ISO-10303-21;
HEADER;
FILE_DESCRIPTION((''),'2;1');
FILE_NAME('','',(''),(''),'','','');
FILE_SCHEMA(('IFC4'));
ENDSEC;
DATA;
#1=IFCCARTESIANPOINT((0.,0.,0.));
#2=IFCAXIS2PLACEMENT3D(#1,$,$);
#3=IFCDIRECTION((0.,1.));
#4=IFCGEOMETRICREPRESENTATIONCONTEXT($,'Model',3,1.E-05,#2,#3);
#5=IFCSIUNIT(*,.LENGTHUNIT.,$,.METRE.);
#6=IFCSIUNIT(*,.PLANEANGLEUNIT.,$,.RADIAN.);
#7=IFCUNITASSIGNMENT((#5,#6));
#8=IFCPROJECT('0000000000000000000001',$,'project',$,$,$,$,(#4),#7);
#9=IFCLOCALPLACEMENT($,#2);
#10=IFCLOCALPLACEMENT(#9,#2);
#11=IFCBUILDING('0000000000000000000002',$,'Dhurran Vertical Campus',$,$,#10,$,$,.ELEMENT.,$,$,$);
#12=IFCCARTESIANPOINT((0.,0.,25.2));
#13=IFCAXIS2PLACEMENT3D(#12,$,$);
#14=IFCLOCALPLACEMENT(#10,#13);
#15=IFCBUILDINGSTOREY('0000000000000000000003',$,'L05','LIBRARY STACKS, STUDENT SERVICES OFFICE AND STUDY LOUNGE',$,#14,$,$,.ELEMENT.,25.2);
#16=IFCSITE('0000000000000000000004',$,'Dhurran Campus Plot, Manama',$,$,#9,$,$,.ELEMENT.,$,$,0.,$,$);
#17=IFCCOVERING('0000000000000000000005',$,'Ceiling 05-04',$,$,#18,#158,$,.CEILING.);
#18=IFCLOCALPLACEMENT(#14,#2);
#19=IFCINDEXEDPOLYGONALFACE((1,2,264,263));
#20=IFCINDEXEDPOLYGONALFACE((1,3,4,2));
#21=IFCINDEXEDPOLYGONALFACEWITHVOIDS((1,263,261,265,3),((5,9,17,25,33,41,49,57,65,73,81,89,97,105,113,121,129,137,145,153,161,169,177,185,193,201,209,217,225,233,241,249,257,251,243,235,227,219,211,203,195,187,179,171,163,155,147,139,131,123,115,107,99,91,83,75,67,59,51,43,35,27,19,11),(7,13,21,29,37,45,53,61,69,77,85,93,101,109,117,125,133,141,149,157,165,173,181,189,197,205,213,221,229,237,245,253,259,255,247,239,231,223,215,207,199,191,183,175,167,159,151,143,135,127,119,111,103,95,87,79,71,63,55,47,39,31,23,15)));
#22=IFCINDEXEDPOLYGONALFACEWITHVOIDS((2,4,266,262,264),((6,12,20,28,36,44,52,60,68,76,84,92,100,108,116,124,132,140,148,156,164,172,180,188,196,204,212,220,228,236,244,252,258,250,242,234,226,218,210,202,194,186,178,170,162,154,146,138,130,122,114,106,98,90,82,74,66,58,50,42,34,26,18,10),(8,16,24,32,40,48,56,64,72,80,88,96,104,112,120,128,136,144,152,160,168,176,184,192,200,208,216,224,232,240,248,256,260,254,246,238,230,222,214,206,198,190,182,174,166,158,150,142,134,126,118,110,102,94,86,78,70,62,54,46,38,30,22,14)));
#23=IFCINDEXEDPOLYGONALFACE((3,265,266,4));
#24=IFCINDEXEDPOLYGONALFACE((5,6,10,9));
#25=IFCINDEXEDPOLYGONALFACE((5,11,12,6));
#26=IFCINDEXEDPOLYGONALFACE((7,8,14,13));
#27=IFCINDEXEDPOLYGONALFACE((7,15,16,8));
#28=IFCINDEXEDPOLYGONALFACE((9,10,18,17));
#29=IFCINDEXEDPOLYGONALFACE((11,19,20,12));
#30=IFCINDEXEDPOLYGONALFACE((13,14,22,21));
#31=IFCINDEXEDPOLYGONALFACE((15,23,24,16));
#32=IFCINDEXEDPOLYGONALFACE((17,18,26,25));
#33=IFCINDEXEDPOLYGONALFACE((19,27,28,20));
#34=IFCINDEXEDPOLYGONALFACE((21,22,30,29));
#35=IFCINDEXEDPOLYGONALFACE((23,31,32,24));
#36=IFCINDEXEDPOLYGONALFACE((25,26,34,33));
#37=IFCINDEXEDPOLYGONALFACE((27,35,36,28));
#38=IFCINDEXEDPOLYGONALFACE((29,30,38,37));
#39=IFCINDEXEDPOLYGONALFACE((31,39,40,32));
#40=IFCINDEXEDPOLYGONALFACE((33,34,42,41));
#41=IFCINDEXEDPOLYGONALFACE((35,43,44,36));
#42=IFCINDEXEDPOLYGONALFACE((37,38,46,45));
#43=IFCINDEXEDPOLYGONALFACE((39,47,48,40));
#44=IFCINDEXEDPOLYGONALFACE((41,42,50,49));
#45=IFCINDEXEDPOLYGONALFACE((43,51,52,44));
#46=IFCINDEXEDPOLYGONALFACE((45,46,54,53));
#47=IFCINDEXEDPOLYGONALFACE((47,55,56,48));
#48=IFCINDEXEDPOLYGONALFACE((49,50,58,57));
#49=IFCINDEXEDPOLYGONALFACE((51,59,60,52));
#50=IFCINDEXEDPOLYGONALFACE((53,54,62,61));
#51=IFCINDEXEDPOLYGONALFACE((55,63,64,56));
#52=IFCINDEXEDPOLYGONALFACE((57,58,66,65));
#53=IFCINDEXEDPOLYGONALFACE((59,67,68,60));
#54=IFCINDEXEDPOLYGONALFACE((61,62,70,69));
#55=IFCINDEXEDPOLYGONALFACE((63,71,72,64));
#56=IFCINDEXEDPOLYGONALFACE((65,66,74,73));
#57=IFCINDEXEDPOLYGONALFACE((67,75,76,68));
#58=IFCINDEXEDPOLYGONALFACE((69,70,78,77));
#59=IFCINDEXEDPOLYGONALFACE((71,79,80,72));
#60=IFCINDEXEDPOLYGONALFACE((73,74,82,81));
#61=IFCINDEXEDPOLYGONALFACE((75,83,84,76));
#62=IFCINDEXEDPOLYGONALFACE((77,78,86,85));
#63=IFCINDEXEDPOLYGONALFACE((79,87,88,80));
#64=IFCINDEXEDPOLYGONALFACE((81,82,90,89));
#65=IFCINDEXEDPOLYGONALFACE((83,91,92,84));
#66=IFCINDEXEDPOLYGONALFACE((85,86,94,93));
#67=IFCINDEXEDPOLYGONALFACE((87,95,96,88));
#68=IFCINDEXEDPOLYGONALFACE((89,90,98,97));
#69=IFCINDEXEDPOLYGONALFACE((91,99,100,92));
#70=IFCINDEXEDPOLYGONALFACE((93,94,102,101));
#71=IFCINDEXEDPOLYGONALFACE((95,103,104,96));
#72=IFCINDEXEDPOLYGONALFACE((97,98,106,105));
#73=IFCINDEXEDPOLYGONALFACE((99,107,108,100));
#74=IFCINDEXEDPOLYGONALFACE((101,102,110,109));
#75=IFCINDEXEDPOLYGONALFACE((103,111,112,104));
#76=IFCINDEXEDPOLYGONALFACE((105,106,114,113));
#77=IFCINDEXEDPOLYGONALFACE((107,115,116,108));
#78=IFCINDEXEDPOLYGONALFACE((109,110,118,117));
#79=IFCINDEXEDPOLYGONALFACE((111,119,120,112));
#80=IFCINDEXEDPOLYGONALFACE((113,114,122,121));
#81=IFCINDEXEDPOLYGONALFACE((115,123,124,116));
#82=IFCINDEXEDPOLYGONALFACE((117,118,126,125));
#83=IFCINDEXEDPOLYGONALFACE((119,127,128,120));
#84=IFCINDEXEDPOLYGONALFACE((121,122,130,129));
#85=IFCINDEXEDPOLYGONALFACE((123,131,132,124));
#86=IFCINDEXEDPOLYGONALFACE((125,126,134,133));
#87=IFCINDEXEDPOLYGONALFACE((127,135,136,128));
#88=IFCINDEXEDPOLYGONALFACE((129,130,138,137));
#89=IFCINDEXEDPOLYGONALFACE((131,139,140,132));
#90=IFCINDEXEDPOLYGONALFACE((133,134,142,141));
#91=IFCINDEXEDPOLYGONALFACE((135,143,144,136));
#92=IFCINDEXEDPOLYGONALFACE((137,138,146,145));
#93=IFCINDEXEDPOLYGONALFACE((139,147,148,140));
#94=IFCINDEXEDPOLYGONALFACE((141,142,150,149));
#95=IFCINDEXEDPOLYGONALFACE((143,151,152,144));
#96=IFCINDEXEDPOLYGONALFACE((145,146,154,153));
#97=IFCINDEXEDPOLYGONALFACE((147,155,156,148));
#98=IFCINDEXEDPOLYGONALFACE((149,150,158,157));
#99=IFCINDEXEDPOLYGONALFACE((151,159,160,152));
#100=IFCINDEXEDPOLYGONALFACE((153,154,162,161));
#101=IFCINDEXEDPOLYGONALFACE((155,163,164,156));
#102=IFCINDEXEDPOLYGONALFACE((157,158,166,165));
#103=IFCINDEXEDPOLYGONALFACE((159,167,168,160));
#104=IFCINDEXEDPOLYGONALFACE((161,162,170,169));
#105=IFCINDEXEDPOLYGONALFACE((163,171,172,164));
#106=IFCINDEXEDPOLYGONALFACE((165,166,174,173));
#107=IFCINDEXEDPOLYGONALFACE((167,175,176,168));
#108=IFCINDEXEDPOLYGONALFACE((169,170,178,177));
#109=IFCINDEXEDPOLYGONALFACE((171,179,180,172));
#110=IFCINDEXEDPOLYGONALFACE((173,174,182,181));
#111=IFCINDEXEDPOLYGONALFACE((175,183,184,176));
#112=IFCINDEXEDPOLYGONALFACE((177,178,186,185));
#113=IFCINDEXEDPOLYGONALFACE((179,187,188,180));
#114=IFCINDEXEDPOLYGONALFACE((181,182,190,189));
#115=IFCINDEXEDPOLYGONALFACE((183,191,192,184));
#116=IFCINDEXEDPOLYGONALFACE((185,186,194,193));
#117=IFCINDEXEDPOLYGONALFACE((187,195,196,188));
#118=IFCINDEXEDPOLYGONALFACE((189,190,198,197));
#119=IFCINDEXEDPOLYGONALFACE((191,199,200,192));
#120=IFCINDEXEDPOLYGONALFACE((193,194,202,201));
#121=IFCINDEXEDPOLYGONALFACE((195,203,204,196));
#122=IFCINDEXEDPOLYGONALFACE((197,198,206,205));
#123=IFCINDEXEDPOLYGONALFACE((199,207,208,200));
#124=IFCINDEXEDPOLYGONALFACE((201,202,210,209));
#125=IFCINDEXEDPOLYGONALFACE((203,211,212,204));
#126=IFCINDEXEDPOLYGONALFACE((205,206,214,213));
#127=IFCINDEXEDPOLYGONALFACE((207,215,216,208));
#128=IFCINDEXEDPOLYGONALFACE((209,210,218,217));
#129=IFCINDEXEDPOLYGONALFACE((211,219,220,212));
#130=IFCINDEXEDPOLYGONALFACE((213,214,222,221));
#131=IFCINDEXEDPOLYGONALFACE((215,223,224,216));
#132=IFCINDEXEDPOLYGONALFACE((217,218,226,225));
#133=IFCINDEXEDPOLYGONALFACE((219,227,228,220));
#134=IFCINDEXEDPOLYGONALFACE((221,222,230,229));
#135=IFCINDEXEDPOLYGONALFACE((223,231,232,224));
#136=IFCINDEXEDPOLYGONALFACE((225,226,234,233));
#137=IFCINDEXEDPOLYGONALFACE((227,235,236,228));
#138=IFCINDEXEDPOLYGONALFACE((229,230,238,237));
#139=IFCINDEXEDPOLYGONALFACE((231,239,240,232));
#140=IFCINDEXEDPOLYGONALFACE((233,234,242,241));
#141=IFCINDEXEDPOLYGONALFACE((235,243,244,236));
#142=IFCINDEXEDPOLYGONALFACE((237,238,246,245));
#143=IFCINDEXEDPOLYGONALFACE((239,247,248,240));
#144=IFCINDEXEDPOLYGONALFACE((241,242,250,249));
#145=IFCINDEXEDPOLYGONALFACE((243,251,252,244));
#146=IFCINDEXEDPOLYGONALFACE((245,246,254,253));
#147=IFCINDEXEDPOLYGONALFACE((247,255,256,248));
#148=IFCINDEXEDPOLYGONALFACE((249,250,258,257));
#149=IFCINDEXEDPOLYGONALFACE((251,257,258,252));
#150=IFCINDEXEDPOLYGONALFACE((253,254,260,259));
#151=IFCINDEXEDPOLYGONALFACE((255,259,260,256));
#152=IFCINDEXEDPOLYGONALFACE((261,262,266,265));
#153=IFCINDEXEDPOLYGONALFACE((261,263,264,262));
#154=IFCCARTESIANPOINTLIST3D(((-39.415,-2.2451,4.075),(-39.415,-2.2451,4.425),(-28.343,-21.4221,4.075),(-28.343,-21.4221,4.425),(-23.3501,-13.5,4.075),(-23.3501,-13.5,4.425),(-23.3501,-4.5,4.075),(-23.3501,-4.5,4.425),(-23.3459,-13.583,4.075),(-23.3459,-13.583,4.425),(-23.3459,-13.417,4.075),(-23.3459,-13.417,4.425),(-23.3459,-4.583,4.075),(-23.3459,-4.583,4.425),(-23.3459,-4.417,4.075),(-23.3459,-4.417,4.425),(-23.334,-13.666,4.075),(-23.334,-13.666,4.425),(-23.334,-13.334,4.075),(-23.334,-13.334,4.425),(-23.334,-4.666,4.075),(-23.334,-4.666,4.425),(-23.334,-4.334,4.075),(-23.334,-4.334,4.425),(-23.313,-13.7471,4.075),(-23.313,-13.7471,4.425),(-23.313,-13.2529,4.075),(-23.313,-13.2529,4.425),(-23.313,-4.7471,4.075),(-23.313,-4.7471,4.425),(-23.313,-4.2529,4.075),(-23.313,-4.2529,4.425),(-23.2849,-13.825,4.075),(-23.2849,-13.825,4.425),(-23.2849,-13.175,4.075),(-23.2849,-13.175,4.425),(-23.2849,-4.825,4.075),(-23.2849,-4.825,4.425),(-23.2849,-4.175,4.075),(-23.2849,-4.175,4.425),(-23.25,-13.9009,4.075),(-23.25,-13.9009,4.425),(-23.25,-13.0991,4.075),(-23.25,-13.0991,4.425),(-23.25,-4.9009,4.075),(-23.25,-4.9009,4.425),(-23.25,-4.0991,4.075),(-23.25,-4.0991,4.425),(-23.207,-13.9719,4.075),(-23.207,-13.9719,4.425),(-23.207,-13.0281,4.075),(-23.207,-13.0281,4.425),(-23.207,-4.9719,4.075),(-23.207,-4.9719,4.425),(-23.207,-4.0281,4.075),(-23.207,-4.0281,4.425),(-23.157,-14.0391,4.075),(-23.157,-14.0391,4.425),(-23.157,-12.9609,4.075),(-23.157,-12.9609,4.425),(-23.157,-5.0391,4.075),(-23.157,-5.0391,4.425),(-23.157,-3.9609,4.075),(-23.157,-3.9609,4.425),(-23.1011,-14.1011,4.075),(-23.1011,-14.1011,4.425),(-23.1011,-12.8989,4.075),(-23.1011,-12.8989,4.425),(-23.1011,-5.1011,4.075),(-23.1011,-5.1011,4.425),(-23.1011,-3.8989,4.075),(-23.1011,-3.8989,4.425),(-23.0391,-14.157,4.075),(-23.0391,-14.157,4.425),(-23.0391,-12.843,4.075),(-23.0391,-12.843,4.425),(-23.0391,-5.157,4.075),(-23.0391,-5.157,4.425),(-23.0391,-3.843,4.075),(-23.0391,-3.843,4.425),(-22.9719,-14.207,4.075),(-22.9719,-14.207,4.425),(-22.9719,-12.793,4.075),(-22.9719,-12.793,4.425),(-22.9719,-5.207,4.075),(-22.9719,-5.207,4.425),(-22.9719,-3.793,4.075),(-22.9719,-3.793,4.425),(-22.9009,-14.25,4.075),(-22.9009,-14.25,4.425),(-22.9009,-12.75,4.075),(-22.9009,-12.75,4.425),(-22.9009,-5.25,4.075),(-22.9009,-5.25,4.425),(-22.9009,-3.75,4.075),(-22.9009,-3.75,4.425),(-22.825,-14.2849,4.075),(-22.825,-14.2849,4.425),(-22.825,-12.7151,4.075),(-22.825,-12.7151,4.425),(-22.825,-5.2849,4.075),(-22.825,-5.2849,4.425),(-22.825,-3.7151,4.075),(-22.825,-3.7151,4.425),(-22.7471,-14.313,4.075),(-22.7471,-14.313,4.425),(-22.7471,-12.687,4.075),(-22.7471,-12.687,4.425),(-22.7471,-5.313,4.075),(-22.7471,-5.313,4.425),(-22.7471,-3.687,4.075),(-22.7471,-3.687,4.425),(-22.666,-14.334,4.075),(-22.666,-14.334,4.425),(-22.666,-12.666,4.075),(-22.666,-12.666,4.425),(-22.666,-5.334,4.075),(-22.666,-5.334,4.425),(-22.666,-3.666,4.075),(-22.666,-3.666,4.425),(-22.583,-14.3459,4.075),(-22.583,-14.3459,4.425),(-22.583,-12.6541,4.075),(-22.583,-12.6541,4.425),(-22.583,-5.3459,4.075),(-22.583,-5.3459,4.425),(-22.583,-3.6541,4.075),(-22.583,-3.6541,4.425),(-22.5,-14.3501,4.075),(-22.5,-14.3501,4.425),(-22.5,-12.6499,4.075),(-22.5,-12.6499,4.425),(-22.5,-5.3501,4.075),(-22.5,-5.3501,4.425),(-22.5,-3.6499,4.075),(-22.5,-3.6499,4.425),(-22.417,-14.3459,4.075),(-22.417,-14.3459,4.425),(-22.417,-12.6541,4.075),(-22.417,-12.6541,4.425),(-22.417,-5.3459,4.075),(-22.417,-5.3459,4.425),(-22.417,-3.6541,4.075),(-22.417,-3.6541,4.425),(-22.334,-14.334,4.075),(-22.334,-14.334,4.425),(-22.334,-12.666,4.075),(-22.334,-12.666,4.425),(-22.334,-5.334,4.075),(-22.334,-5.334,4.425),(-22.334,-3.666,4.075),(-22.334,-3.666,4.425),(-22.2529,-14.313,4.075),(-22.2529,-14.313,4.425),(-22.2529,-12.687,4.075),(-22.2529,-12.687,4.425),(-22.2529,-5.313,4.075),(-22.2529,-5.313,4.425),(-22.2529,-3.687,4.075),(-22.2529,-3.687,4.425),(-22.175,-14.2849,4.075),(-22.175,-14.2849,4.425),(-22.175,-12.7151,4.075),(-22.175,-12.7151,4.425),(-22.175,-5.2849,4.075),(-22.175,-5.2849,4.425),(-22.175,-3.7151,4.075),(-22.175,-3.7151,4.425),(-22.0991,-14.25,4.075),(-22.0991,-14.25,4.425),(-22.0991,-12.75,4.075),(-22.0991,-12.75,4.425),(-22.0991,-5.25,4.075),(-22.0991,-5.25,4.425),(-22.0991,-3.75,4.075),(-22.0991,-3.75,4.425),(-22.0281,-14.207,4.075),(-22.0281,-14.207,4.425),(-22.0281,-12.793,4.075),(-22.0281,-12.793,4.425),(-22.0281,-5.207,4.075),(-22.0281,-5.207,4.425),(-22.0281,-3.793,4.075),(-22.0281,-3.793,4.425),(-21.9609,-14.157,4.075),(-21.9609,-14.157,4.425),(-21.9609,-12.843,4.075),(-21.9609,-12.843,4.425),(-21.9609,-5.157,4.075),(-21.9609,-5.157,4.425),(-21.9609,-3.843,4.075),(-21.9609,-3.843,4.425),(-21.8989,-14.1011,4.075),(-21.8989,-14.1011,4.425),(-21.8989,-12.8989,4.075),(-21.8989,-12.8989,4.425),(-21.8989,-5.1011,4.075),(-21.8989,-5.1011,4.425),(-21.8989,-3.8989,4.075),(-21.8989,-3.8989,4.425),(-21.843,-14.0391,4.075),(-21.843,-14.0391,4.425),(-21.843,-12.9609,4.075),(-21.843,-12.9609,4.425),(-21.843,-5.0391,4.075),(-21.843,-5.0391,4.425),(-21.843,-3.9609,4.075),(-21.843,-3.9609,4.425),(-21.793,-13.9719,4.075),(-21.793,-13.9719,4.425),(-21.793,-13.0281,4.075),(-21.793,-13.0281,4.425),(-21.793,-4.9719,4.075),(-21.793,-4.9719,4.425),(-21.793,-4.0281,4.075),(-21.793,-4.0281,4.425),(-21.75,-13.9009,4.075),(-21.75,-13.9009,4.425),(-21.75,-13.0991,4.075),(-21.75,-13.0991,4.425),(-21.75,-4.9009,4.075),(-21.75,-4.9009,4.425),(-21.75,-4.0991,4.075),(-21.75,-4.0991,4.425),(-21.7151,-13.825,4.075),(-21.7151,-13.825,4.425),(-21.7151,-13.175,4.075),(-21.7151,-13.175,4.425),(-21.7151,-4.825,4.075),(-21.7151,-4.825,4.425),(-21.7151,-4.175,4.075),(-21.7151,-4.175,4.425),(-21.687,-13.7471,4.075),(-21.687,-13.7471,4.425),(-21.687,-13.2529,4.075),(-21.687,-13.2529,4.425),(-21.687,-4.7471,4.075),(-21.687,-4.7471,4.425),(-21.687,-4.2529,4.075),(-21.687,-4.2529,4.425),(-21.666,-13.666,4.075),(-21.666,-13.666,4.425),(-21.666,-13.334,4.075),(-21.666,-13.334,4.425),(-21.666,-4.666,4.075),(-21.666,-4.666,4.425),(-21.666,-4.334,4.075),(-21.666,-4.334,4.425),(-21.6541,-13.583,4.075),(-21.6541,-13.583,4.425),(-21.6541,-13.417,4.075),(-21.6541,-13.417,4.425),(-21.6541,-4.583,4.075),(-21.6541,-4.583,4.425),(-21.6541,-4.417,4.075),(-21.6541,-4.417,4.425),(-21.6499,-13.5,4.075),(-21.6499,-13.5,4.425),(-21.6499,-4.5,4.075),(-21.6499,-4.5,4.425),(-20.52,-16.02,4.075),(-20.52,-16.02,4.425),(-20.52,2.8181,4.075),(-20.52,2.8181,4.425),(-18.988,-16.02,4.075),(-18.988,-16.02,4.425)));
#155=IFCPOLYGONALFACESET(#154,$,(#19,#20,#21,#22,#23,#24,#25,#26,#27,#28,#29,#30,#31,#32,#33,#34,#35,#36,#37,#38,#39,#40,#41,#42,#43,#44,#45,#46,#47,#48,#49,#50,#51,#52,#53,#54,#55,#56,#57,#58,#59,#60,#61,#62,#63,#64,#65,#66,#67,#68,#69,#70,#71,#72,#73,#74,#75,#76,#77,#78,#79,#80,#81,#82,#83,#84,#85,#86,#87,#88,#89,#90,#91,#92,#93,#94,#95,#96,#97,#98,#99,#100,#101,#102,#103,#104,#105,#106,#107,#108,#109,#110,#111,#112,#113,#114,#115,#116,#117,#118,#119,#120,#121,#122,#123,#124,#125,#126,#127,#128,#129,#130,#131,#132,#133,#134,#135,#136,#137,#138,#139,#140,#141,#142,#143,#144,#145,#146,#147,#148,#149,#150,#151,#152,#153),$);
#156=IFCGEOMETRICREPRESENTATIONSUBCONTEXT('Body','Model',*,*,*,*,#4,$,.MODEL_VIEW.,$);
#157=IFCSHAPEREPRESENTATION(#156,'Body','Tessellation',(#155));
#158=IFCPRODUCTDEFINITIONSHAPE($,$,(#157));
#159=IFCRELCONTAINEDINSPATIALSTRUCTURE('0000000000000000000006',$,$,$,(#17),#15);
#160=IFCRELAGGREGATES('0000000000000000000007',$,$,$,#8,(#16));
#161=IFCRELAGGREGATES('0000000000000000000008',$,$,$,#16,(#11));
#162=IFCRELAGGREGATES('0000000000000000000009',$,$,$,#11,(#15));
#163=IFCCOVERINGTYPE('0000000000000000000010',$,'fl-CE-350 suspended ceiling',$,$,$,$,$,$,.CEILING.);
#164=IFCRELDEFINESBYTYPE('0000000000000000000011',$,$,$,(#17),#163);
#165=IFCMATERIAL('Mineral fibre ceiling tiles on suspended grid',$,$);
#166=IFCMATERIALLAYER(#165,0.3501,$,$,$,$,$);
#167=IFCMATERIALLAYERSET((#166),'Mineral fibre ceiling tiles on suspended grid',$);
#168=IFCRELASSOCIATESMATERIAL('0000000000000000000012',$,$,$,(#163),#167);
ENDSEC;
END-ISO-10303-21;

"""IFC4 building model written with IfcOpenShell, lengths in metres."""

from ifc_helpers import new_model, si_unit, direction, frame, origin, place, context, subcontext, project, spatial, polyline, outline, extrude, material, layer, layer_set, type_object, element, save


model = new_model("IFC4")

# Units and contexts
model_context = context("Model", 3, precision=1e-05, world=origin(), true_north=direction((0.0, 1.0)))
body_context = subcontext(model_context, "Body", "Model", "MODEL_VIEW")
ifc_project = project(units=[si_unit("LENGTHUNIT", "METRE"), si_unit("PLANEANGLEUNIT", "RADIAN")], contexts=[model_context])

# Site, building, storey
site_placement = place(None, origin())
site = spatial("IfcSite", under=ifc_project, at=site_placement, Name="Dhurran Campus Plot, Manama", CompositionType="ELEMENT", RefElevation=0.0)
building_placement = place(site_placement, origin())
building = spatial("IfcBuilding", under=site, at=building_placement, Name="Dhurran Vertical Campus", CompositionType="ELEMENT")
storey_placement = place(building_placement, frame((0.0, 0.0, 25.2)))
storey = spatial("IfcBuildingStorey", under=building, at=storey_placement, Name="L05", Description="LIBRARY STACKS, STUDENT SERVICES OFFICE AND STUDY LOUNGE", CompositionType="ELEMENT", Elevation=25.2)

# Covering
ifc_material_1 = material(Name="Mineral fibre ceiling tiles on suspended grid")
ifc_layer_1 = layer(ifc_material_1, 0.3501)
ifc_layer_set_1 = layer_set([ifc_layer_1], Name="Mineral fibre ceiling tiles on suspended grid")
covering_type = type_object("IfcCoveringType", Name="fl-CE-350 suspended ceiling", PredefinedType="CEILING", material=ifc_layer_set_1)
covering_placement = place(storey_placement, frame((0.0, 0.0, 4.075)))
element("IfcCovering", 1, at=covering_placement, inside=storey, type_object=covering_type, Name="Ceiling 05-04", PredefinedType="CEILING", context=body_context, shape_type="SweptSolid", body=[
    extrude(outline(polyline([(-39.415, -2.2451), (-20.52, 2.8181), (-20.52, -16.02), (-18.988, -16.02), (-28.343, -21.4221), (-39.415, -2.2451)]), holes=[polyline([(-22.5, -12.6499), (-22.583, -12.6541), (-22.666, -12.666), (-22.7471, -12.687), (-22.825, -12.7151), (-22.9009, -12.75), (-22.9719, -12.793), (-23.0391, -12.843), (-23.1011, -12.8989), (-23.157, -12.9609), (-23.207, -13.0281), (-23.25, -13.0991), (-23.2849, -13.175), (-23.313, -13.2529), (-23.334, -13.334), (-23.3459, -13.417), (-23.3501, -13.5), (-23.3459, -13.583), (-23.334, -13.666), (-23.313, -13.7471), (-23.2849, -13.825), (-23.25, -13.9009), (-23.207, -13.9719), (-23.157, -14.0391), (-23.1011, -14.1011), (-23.0391, -14.157), (-22.9719, -14.207), (-22.9009, -14.25), (-22.825, -14.2849), (-22.7471, -14.313), (-22.666, -14.334), (-22.583, -14.3459), (-22.5, -14.3501), (-22.417, -14.3459), (-22.334, -14.334), (-22.2529, -14.313), (-22.175, -14.2849), (-22.0991, -14.25), (-22.0281, -14.207), (-21.9609, -14.157), (-21.8989, -14.1011), (-21.843, -14.0391), (-21.793, -13.9719), (-21.75, -13.9009), (-21.7151, -13.825), (-21.687, -13.7471), (-21.666, -13.666), (-21.6541, -13.583), (-21.6499, -13.5), (-21.6541, -13.417), (-21.666, -13.334), (-21.687, -13.2529), (-21.7151, -13.175), (-21.75, -13.0991), (-21.793, -13.0281), (-21.843, -12.9609), (-21.8989, -12.8989), (-21.9609, -12.843), (-22.0281, -12.793), (-22.0991, -12.75), (-22.175, -12.7151), (-22.2529, -12.687), (-22.334, -12.666), (-22.417, -12.6541), (-22.5, -12.6499)]), polyline([(-22.417, -3.6541), (-22.5, -3.6499), (-22.583, -3.6541), (-22.666, -3.666), (-22.7471, -3.687), (-22.825, -3.7151), (-22.9009, -3.75), (-22.9719, -3.793), (-23.0391, -3.843), (-23.1011, -3.8989), (-23.157, -3.9609), (-23.207, -4.0281), (-23.25, -4.0991), (-23.2849, -4.175), (-23.313, -4.2529), (-23.334, -4.334), (-23.3459, -4.417), (-23.3501, -4.5), (-23.3459, -4.583), (-23.334, -4.666), (-23.313, -4.7471), (-23.2849, -4.825), (-23.25, -4.9009), (-23.207, -4.9719), (-23.157, -5.0391), (-23.1011, -5.1011), (-23.0391, -5.157), (-22.9719, -5.207), (-22.9009, -5.25), (-22.825, -5.2849), (-22.7471, -5.313), (-22.666, -5.334), (-22.583, -5.3459), (-22.5, -5.3501), (-22.417, -5.3459), (-22.334, -5.334), (-22.2529, -5.313), (-22.175, -5.2849), (-22.0991, -5.25), (-22.0281, -5.207), (-21.9609, -5.157), (-21.8989, -5.1011), (-21.843, -5.0391), (-21.793, -4.9719), (-21.75, -4.9009), (-21.7151, -4.825), (-21.687, -4.7471), (-21.666, -4.666), (-21.6541, -4.583), (-21.6499, -4.5), (-21.6541, -4.417), (-21.666, -4.334), (-21.687, -4.2529), (-21.7151, -4.175), (-21.75, -4.0991), (-21.793, -4.0281), (-21.843, -3.9609), (-21.8989, -3.8989), (-21.9609, -3.843), (-22.0281, -3.793), (-22.0991, -3.75), (-22.175, -3.7151), (-22.2529, -3.687), (-22.334, -3.666), (-22.417, -3.6541)])]), origin(), (0.0, 0.0, 1.0), 0.3501),
])

save(model, "model.ifc")
